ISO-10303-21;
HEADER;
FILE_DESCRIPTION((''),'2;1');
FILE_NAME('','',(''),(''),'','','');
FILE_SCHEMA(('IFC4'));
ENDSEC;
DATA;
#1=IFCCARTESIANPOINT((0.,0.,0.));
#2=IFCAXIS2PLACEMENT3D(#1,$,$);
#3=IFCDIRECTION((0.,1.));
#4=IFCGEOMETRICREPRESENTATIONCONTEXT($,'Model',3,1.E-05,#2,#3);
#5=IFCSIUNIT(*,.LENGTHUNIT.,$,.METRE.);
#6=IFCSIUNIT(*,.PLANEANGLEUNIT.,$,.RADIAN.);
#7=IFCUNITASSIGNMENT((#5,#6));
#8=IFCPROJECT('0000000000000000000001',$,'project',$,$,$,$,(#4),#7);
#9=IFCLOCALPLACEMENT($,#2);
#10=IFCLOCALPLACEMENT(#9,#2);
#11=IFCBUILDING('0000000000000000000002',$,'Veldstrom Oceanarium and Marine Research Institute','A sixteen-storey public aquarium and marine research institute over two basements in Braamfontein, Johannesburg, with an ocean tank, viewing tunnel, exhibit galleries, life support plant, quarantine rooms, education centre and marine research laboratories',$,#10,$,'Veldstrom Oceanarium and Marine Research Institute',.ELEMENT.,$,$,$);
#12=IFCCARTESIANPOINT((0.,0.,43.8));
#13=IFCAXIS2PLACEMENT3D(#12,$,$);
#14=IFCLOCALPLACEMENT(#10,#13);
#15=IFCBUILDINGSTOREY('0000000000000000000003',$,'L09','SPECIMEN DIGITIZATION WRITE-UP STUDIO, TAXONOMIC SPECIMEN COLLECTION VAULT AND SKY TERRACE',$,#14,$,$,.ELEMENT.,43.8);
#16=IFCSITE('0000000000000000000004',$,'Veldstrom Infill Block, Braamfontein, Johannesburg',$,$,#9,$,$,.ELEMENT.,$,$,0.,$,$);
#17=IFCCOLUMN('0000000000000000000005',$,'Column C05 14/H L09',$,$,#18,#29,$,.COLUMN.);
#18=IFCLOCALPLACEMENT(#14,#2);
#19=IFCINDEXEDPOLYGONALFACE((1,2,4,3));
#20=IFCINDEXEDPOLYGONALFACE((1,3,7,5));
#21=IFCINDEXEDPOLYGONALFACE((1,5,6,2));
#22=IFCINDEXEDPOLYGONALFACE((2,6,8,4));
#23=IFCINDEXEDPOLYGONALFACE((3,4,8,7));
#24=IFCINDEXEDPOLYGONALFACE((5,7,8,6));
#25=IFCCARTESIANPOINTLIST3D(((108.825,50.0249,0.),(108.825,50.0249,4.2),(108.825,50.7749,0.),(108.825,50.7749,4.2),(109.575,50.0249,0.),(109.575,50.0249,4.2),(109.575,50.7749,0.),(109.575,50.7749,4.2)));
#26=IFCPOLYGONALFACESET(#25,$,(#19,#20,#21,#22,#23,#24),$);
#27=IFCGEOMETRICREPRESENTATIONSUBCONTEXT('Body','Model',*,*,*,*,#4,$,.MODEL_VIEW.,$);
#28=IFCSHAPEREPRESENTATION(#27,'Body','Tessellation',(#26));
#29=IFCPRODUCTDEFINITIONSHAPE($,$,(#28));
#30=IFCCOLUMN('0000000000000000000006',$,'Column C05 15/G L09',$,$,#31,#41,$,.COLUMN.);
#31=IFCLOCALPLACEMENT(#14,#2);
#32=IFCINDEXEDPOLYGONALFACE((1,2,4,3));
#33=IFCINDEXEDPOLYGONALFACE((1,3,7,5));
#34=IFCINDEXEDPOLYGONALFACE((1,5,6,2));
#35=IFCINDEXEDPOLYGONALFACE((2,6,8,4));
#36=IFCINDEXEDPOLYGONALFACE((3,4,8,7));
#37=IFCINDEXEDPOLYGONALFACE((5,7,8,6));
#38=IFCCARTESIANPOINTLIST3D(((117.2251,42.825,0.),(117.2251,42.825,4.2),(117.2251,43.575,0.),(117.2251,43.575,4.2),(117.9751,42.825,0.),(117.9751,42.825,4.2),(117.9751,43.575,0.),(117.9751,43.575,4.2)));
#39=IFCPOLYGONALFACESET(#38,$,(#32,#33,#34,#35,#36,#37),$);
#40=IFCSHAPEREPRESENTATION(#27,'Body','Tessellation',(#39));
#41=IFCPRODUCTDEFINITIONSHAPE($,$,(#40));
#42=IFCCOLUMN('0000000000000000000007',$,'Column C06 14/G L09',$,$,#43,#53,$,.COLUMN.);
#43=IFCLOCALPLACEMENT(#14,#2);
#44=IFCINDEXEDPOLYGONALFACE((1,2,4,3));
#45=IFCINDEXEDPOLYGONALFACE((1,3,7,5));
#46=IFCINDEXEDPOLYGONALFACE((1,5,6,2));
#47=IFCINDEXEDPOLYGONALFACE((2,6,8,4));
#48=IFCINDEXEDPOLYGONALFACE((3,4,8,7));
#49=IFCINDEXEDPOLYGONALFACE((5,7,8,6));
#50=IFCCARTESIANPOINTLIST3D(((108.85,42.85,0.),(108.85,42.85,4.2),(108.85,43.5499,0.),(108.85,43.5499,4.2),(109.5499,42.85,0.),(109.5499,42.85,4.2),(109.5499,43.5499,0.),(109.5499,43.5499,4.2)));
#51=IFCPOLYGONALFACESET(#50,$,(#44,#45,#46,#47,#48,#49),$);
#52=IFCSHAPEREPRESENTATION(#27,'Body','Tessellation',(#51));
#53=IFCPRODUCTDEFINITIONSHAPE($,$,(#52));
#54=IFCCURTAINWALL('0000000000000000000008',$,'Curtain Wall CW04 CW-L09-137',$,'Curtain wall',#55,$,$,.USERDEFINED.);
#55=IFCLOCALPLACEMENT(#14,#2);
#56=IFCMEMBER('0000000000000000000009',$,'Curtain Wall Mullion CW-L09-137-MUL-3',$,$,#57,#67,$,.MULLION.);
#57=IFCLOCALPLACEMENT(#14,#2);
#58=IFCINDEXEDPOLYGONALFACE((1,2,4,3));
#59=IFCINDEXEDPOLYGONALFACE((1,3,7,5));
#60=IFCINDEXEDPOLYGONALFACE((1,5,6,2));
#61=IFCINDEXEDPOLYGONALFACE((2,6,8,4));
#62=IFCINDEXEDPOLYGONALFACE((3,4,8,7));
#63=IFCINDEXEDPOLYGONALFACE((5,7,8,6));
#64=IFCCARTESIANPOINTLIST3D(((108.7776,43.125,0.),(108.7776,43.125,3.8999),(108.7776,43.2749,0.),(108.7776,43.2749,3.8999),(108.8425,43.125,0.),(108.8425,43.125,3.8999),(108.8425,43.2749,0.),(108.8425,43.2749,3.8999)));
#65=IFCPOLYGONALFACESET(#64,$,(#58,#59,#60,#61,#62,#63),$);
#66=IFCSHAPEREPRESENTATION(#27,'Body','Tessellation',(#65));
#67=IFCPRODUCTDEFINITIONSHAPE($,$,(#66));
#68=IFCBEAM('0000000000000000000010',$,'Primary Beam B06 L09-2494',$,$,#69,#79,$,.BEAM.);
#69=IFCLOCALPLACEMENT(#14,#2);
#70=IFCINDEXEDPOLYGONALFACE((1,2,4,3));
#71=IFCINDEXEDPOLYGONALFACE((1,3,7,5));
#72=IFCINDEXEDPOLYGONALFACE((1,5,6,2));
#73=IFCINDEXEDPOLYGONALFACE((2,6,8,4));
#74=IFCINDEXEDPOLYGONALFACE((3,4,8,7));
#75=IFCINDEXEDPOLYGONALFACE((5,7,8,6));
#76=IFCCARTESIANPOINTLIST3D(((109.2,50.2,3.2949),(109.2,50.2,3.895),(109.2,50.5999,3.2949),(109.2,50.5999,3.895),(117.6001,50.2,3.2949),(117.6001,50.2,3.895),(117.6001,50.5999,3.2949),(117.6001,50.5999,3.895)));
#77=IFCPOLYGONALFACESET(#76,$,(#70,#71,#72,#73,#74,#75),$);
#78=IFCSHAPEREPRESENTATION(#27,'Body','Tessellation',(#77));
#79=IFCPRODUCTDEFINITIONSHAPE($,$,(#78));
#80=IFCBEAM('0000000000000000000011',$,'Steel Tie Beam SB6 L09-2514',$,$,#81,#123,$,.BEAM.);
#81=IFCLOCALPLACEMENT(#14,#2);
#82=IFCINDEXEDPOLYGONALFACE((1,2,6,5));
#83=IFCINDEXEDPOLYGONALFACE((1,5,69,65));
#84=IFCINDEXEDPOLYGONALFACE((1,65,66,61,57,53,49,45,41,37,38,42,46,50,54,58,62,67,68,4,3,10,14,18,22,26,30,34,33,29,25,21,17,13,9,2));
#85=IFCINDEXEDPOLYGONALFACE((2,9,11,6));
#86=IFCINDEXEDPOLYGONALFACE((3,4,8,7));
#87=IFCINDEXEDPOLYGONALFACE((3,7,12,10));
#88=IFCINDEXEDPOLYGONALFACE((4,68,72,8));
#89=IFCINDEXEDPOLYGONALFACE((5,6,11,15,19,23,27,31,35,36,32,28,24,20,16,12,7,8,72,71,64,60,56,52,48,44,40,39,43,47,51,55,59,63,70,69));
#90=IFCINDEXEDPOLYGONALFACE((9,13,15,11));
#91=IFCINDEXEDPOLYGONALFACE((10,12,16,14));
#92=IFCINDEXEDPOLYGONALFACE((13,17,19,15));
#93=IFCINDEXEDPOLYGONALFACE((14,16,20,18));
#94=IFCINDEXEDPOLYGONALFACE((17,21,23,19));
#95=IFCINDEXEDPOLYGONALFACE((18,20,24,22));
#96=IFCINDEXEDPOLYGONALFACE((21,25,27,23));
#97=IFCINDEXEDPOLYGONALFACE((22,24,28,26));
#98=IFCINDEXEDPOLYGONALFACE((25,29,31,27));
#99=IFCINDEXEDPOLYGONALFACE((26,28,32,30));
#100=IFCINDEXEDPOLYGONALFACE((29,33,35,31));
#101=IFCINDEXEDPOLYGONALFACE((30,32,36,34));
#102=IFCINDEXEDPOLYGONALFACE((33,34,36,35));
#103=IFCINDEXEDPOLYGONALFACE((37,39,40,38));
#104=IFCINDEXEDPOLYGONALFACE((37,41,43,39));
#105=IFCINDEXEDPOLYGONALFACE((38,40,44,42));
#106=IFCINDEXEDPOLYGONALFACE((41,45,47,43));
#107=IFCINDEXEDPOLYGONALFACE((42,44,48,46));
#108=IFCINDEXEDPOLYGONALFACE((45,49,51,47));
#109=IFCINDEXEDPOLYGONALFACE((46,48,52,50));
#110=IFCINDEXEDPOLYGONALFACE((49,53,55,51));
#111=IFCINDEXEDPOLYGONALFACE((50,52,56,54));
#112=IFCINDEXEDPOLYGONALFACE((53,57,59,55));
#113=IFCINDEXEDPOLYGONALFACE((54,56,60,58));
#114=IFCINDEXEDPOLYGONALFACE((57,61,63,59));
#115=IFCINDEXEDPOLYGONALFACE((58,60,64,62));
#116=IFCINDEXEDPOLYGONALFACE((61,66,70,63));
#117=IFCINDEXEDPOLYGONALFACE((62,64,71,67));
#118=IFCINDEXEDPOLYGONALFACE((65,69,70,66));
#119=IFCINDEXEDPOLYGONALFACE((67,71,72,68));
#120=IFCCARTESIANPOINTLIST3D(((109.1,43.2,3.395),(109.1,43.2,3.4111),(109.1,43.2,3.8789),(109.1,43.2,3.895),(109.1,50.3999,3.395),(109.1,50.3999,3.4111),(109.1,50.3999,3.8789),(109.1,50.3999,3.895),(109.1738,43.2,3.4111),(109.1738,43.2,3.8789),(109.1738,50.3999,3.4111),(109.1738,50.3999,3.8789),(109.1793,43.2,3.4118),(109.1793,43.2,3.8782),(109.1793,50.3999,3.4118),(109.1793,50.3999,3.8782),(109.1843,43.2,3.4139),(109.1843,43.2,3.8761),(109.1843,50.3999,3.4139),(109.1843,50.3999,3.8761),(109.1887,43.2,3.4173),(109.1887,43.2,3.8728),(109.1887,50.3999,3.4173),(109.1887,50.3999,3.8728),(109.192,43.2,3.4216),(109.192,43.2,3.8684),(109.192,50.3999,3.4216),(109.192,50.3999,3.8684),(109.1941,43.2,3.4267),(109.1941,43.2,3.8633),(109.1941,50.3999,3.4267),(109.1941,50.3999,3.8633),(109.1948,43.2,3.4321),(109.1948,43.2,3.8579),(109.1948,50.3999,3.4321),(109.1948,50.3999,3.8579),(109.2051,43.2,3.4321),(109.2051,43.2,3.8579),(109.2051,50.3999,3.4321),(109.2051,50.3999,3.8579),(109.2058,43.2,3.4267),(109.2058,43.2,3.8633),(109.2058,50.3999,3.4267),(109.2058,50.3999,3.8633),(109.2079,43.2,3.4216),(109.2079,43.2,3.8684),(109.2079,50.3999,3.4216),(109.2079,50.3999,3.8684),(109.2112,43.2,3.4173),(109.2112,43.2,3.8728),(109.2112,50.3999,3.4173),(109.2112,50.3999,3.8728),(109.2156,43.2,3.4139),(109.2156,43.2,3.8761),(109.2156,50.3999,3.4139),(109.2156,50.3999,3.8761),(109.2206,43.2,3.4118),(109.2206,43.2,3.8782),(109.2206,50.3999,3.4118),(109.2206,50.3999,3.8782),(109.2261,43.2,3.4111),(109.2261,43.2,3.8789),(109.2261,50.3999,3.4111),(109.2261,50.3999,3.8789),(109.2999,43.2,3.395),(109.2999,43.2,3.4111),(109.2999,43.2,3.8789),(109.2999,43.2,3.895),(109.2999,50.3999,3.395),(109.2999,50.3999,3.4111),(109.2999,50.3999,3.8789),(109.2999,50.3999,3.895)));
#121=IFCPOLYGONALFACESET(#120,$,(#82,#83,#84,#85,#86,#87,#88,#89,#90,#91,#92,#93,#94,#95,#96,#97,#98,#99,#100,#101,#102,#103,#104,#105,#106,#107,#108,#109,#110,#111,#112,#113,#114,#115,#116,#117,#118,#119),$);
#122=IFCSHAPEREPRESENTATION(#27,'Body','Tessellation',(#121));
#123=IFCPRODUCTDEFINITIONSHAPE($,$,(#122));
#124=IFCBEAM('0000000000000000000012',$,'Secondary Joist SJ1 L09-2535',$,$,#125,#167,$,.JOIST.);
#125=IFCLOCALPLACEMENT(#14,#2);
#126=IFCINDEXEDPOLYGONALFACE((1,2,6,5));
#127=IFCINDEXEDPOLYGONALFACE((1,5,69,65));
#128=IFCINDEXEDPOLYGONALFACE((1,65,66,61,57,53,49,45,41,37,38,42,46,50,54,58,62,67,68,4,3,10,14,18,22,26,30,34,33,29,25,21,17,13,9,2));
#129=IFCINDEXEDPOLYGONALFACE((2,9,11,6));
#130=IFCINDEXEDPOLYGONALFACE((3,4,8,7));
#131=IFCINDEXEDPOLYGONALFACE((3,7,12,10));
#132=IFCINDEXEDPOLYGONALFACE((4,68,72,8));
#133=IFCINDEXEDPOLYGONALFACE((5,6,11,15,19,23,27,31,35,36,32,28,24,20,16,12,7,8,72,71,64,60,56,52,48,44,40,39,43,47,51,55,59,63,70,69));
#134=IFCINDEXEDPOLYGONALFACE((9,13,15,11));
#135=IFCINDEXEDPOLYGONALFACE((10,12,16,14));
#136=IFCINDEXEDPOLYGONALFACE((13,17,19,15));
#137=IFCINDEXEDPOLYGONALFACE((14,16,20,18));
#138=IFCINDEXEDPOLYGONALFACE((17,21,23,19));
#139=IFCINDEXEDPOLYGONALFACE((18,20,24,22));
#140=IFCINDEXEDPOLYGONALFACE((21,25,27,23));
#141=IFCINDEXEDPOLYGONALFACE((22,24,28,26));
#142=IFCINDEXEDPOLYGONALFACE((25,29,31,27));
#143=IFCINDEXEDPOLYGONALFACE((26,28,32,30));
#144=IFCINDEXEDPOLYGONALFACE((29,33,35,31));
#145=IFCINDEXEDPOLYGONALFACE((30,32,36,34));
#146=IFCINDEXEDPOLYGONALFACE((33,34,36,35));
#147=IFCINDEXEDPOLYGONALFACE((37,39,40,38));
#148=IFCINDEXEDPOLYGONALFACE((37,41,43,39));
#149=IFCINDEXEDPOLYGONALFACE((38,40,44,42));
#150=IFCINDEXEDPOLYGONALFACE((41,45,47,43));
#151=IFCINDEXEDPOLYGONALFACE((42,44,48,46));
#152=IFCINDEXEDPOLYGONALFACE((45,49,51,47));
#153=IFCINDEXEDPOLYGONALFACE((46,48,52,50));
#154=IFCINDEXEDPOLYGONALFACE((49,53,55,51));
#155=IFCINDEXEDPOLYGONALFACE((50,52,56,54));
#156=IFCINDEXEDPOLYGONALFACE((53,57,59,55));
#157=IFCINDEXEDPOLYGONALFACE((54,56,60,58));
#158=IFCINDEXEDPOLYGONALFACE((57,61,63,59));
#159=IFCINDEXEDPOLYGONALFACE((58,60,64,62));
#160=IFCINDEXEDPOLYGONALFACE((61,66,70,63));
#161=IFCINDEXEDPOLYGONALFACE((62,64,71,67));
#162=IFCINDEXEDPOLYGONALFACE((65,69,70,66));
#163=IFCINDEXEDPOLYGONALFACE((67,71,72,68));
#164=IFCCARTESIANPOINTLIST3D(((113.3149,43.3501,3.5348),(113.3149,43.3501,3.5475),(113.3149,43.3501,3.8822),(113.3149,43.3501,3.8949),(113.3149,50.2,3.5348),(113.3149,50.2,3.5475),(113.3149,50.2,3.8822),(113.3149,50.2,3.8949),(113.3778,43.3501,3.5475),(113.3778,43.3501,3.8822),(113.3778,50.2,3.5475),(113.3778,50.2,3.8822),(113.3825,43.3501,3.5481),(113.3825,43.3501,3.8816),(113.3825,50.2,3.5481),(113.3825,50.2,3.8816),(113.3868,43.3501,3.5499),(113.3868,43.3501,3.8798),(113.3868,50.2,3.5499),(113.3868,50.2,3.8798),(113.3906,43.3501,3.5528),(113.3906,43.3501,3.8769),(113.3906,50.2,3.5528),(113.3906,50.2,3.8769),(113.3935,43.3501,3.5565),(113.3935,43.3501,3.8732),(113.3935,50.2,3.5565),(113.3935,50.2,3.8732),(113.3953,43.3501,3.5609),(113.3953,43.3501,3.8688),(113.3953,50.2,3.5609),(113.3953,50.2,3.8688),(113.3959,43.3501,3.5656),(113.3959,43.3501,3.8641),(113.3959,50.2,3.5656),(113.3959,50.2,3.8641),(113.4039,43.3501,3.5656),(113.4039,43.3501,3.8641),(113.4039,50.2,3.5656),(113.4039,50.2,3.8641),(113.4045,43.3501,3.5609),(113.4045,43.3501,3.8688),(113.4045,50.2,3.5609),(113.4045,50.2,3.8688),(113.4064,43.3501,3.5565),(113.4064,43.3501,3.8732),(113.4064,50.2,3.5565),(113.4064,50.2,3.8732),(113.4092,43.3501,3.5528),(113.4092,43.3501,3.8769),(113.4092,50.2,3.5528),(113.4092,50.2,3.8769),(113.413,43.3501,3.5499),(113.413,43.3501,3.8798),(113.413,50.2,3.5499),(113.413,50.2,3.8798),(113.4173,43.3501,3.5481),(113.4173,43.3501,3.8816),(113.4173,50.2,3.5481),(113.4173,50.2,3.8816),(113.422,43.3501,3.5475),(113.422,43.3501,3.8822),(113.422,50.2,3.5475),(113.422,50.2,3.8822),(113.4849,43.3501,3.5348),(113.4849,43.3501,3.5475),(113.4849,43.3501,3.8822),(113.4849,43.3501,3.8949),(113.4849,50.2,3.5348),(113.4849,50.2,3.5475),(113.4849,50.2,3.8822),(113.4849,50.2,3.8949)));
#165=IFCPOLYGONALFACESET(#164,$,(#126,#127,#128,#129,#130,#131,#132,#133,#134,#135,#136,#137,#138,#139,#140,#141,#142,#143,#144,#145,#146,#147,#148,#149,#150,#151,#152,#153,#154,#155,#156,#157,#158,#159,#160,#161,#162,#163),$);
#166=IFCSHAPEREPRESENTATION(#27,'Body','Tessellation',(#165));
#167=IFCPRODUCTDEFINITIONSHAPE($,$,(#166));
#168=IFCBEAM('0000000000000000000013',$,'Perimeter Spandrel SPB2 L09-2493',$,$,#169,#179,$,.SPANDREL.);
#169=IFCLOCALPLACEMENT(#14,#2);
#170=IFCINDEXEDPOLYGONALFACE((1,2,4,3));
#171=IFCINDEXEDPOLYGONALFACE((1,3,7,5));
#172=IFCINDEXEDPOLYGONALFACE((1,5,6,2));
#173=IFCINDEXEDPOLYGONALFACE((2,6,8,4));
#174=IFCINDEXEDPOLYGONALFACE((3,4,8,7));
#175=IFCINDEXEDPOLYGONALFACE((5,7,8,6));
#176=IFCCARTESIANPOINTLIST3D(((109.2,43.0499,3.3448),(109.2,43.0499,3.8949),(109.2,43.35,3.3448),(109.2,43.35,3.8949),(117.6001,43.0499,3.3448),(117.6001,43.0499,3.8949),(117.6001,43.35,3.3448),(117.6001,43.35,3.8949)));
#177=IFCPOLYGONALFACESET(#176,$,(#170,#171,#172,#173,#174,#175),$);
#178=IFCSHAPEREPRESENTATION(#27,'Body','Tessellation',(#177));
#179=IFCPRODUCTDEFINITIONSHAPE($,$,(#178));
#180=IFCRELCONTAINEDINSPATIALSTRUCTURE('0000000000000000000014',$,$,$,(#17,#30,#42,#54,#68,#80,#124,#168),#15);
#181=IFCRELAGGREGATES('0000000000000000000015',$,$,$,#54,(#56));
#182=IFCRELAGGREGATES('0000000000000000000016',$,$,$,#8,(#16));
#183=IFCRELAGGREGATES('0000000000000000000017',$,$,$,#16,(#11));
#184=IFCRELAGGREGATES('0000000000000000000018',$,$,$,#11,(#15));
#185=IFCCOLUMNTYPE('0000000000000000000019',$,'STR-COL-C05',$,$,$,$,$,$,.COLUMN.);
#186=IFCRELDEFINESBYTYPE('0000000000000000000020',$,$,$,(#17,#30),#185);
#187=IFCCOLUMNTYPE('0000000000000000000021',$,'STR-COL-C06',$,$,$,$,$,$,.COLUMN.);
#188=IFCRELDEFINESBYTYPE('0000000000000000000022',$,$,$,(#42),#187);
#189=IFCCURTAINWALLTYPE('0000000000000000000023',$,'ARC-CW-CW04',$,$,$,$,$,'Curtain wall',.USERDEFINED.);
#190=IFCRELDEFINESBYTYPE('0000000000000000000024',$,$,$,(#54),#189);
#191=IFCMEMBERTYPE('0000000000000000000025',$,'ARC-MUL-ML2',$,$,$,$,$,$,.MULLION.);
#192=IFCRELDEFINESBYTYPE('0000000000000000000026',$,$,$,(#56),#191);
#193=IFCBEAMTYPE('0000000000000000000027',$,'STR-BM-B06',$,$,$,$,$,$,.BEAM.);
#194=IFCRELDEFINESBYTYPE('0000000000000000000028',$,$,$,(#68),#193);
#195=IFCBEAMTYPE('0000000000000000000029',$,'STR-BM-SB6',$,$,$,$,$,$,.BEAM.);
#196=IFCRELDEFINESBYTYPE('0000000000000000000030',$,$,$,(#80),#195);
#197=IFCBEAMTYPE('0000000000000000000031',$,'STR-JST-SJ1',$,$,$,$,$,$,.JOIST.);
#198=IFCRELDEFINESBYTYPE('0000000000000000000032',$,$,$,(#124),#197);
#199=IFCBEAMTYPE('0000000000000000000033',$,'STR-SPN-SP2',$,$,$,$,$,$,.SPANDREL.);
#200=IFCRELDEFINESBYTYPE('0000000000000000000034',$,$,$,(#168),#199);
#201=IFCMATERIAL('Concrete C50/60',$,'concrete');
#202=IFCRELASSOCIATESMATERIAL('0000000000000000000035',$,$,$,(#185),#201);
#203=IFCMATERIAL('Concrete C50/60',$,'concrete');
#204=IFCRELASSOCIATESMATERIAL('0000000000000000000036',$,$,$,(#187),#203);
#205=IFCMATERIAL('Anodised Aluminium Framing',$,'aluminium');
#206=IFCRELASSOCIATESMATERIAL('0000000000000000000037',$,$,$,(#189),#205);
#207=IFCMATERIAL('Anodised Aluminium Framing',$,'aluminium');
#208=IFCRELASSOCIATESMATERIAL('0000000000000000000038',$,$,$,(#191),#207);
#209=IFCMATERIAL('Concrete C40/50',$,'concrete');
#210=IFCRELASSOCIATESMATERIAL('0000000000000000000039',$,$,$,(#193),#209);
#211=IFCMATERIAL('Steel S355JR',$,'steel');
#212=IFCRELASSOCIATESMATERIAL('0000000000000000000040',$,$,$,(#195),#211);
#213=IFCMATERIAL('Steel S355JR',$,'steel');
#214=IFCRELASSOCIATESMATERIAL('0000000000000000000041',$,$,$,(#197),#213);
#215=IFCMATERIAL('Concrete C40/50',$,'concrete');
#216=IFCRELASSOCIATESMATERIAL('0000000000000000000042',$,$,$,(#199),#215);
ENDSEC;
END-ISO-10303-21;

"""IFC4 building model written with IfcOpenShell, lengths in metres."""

from ifc_helpers import new_model, si_unit, direction, frame, origin, origin_2d, place, context, subcontext, project, spatial, rectangle, i_section, extrude, material, material_profile, profile_set, type_object, element, aggregate, save


model = new_model("IFC4")

# Units and contexts
model_context = context("Model", 3, precision=1e-05, world=origin(), true_north=direction((0.0, 1.0)))
body_context = subcontext(model_context, "Body", "Model", "MODEL_VIEW")
ifc_project = project(units=[si_unit("LENGTHUNIT", "METRE"), si_unit("PLANEANGLEUNIT", "RADIAN")], contexts=[model_context])

# Site, building, storey
site_placement = place(None, origin())
site = spatial("IfcSite", under=ifc_project, at=site_placement, Name="Veldstrom Infill Block, Braamfontein, Johannesburg", CompositionType="ELEMENT", RefElevation=0.0)
building_placement = place(site_placement, origin())
building = spatial("IfcBuilding", under=site, at=building_placement, Name="Veldstrom Oceanarium and Marine Research Institute", Description="A sixteen-storey public aquarium and marine research institute over two basements in Braamfontein, Johannesburg, with an ocean tank, viewing tunnel, exhibit galleries, life support plant, quarantine rooms, education centre and marine research laboratories", LongName="Veldstrom Oceanarium and Marine Research Institute", CompositionType="ELEMENT")
storey_placement = place(building_placement, frame((0.0, 0.0, 43.8)))
storey = spatial("IfcBuildingStorey", under=building, at=storey_placement, Name="L09", Description="SPECIMEN DIGITIZATION WRITE-UP STUDIO, TAXONOMIC SPECIMEN COLLECTION VAULT AND SKY TERRACE", CompositionType="ELEMENT", Elevation=43.8)

# Columns
ifc_material_1 = material(Name="Concrete C50/60", Category="concrete")
ifc_material_profile_1 = material_profile(ifc_material_1, rectangle(XDim=0.75, YDim=0.75, at=origin_2d()), Name="RC-COL-750x750")
ifc_profile_set_1 = profile_set([ifc_material_profile_1], Name="Concrete C50/60")
column_type_1 = type_object("IfcColumnType", Name="STR-COL-C05", PredefinedType="COLUMN", material=ifc_profile_set_1)
for number, where, z_axis, x_axis, name in (
    (1, (109.2, 50.3999, 0.0), (0.0, 0.0, 1.0), (1.0, 0.0, 0.0), "Column C05 14/H L09"),
    (2, (117.6001, 43.2, 0.0), (0.0, 0.0, 1.0), (1.0, 0.0, 0.0), "Column C05 15/G L09"),
):
    element("IfcColumn", number, at=place(storey_placement, frame(where, z_axis=z_axis, x_axis=x_axis)), inside=storey, type_object=column_type_1, Name=name, PredefinedType="COLUMN", context=body_context, shape_type="SweptSolid", body=[
        extrude(rectangle(XDim=0.75, YDim=0.75, at=origin_2d()), origin(), (0.0, 0.0, 1.0), 4.2),
    ])
ifc_material_2 = material(Name="Concrete C50/60", Category="concrete")
ifc_material_profile_2 = material_profile(ifc_material_2, rectangle(XDim=0.7, YDim=0.7, at=origin_2d()), Name="RC-COL-700x700")
ifc_profile_set_2 = profile_set([ifc_material_profile_2], Name="Concrete C50/60")
column_type_2 = type_object("IfcColumnType", Name="STR-COL-C06", PredefinedType="COLUMN", material=ifc_profile_set_2)
column_placement = place(storey_placement, frame((109.2, 43.2, 0.0), z_axis=(0.0, 0.0, 1.0), x_axis=(1.0, 0.0, 0.0)))
element("IfcColumn", 3, at=column_placement, inside=storey, type_object=column_type_2, Name="Column C06 14/G L09", PredefinedType="COLUMN", context=body_context, shape_type="SweptSolid", body=[
    extrude(rectangle(XDim=0.7, YDim=0.7, at=origin_2d()), origin(), (0.0, 0.0, 1.0), 4.2),
])

# Curtain wall, member
ifc_material_3 = material(Name="Anodised Aluminium Framing", Category="aluminium")
curtain_wall_type = type_object("IfcCurtainWallType", Name="ARC-CW-CW04", ElementType="Curtain wall", PredefinedType="USERDEFINED", material=ifc_material_3)
curtain_wall_placement = place(storey_placement, origin())
curtain_wall = element("IfcCurtainWall", 4, at=curtain_wall_placement, inside=storey, type_object=curtain_wall_type, Name="Curtain Wall CW04 CW-L09-137", ObjectType="Curtain wall", PredefinedType="USERDEFINED")
ifc_material_4 = material(Name="Anodised Aluminium Framing", Category="aluminium")
ifc_material_profile_3 = material_profile(ifc_material_4, rectangle(XDim=0.0649, YDim=0.1499, at=origin_2d()), Name="ALU-MUL-65x150")
ifc_profile_set_3 = profile_set([ifc_material_profile_3], Name="Anodised Aluminium Framing")
member_type = type_object("IfcMemberType", Name="ARC-MUL-ML2", PredefinedType="MULLION", material=ifc_profile_set_3)
member_placement = place(storey_placement, frame((108.8101, 43.2, 0.0), z_axis=(0.0, 0.0, 1.0), x_axis=(1.0, 0.0, 0.0)))
member = element("IfcMember", 5, at=member_placement, type_object=member_type, Name="Curtain Wall Mullion CW-L09-137-MUL-3", PredefinedType="MULLION", context=body_context, shape_type="SweptSolid", body=[
    extrude(rectangle(XDim=0.0649, YDim=0.1499, at=origin_2d()), origin(), (0.0, 0.0, 1.0), 3.8999),
])

# Beams
ifc_material_5 = material(Name="Concrete C40/50", Category="concrete")
ifc_material_profile_4 = material_profile(ifc_material_5, rectangle(XDim=0.3999, YDim=0.6001, at=origin_2d()), Name="RC-BM-400x600")
ifc_profile_set_4 = profile_set([ifc_material_profile_4], Name="Concrete C40/50")
beam_type_1 = type_object("IfcBeamType", Name="STR-BM-B06", PredefinedType="BEAM", material=ifc_profile_set_4)
beam_1_placement = place(storey_placement, frame((109.2, 50.3999, 3.595), z_axis=(1.0, 0.0, 0.0), x_axis=(0.0, 1.0, 0.0)))
element("IfcBeam", 6, at=beam_1_placement, inside=storey, type_object=beam_type_1, Name="Primary Beam B06 L09-2494", PredefinedType="BEAM", context=body_context, shape_type="SweptSolid", body=[
    extrude(rectangle(XDim=0.3999, YDim=0.6001, at=origin_2d()), origin(), (0.0, 0.0, 1.0), 8.4001),
])
ifc_material_6 = material(Name="Steel S355JR", Category="steel")
ifc_material_profile_5 = material_profile(ifc_material_6, i_section(OverallWidth=0.2, OverallDepth=0.5, WebThickness=0.0103, FlangeThickness=0.0161, FilletRadius=0.021, at=origin_2d()), Name="IPE 500")
ifc_profile_set_5 = profile_set([ifc_material_profile_5], Name="Steel S355JR")
beam_type_2 = type_object("IfcBeamType", Name="STR-BM-SB6", PredefinedType="BEAM", material=ifc_profile_set_5)
beam_2_placement = place(storey_placement, frame((109.2, 43.2, 3.645), z_axis=(0.0, 1.0, 0.0), x_axis=(-1.0, 0.0, 0.0)))
element("IfcBeam", 7, at=beam_2_placement, inside=storey, type_object=beam_type_2, Name="Steel Tie Beam SB6 L09-2514", PredefinedType="BEAM", context=body_context, shape_type="SweptSolid", body=[
    extrude(i_section(OverallWidth=0.2, OverallDepth=0.5, WebThickness=0.0103, FlangeThickness=0.0161, FilletRadius=0.021, at=origin_2d()), origin(), (0.0, 0.0, 1.0), 7.2),
])
ifc_material_7 = material(Name="Steel S355JR", Category="steel")
ifc_material_profile_6 = material_profile(ifc_material_7, i_section(OverallWidth=0.1699, OverallDepth=0.3601, WebThickness=0.0081, FlangeThickness=0.0127, FilletRadius=0.0181, at=origin_2d()), Name="IPE 360")
ifc_profile_set_6 = profile_set([ifc_material_profile_6], Name="Steel S355JR")
beam_type_3 = type_object("IfcBeamType", Name="STR-JST-SJ1", PredefinedType="JOIST", material=ifc_profile_set_6)
beam_3_placement = place(storey_placement, frame((113.3999, 43.3501, 3.7148), z_axis=(0.0, 1.0, 0.0), x_axis=(-1.0, 0.0, 0.0)))
element("IfcBeam", 8, at=beam_3_placement, inside=storey, type_object=beam_type_3, Name="Secondary Joist SJ1 L09-2535", PredefinedType="JOIST", context=body_context, shape_type="SweptSolid", body=[
    extrude(i_section(OverallWidth=0.1699, OverallDepth=0.3601, WebThickness=0.0081, FlangeThickness=0.0127, FilletRadius=0.0181, at=origin_2d()), origin(), (0.0, 0.0, 1.0), 6.8499),
])
ifc_material_8 = material(Name="Concrete C40/50", Category="concrete")
ifc_material_profile_7 = material_profile(ifc_material_8, rectangle(XDim=0.3, YDim=0.55, at=origin_2d()), Name="RC-SPN-300x550")
ifc_profile_set_7 = profile_set([ifc_material_profile_7], Name="Concrete C40/50")
beam_type_4 = type_object("IfcBeamType", Name="STR-SPN-SP2", PredefinedType="SPANDREL", material=ifc_profile_set_7)
beam_4_placement = place(storey_placement, frame((109.2, 43.2, 3.6199), z_axis=(1.0, 0.0, 0.0), x_axis=(0.0, 1.0, 0.0)))
element("IfcBeam", 9, at=beam_4_placement, inside=storey, type_object=beam_type_4, Name="Perimeter Spandrel SPB2 L09-2493", PredefinedType="SPANDREL", context=body_context, shape_type="SweptSolid", body=[
    extrude(rectangle(XDim=0.3, YDim=0.55, at=origin_2d()), origin(), (0.0, 0.0, 1.0), 8.4001),
])

aggregate(curtain_wall, [member])

save(model, "model.ifc")
